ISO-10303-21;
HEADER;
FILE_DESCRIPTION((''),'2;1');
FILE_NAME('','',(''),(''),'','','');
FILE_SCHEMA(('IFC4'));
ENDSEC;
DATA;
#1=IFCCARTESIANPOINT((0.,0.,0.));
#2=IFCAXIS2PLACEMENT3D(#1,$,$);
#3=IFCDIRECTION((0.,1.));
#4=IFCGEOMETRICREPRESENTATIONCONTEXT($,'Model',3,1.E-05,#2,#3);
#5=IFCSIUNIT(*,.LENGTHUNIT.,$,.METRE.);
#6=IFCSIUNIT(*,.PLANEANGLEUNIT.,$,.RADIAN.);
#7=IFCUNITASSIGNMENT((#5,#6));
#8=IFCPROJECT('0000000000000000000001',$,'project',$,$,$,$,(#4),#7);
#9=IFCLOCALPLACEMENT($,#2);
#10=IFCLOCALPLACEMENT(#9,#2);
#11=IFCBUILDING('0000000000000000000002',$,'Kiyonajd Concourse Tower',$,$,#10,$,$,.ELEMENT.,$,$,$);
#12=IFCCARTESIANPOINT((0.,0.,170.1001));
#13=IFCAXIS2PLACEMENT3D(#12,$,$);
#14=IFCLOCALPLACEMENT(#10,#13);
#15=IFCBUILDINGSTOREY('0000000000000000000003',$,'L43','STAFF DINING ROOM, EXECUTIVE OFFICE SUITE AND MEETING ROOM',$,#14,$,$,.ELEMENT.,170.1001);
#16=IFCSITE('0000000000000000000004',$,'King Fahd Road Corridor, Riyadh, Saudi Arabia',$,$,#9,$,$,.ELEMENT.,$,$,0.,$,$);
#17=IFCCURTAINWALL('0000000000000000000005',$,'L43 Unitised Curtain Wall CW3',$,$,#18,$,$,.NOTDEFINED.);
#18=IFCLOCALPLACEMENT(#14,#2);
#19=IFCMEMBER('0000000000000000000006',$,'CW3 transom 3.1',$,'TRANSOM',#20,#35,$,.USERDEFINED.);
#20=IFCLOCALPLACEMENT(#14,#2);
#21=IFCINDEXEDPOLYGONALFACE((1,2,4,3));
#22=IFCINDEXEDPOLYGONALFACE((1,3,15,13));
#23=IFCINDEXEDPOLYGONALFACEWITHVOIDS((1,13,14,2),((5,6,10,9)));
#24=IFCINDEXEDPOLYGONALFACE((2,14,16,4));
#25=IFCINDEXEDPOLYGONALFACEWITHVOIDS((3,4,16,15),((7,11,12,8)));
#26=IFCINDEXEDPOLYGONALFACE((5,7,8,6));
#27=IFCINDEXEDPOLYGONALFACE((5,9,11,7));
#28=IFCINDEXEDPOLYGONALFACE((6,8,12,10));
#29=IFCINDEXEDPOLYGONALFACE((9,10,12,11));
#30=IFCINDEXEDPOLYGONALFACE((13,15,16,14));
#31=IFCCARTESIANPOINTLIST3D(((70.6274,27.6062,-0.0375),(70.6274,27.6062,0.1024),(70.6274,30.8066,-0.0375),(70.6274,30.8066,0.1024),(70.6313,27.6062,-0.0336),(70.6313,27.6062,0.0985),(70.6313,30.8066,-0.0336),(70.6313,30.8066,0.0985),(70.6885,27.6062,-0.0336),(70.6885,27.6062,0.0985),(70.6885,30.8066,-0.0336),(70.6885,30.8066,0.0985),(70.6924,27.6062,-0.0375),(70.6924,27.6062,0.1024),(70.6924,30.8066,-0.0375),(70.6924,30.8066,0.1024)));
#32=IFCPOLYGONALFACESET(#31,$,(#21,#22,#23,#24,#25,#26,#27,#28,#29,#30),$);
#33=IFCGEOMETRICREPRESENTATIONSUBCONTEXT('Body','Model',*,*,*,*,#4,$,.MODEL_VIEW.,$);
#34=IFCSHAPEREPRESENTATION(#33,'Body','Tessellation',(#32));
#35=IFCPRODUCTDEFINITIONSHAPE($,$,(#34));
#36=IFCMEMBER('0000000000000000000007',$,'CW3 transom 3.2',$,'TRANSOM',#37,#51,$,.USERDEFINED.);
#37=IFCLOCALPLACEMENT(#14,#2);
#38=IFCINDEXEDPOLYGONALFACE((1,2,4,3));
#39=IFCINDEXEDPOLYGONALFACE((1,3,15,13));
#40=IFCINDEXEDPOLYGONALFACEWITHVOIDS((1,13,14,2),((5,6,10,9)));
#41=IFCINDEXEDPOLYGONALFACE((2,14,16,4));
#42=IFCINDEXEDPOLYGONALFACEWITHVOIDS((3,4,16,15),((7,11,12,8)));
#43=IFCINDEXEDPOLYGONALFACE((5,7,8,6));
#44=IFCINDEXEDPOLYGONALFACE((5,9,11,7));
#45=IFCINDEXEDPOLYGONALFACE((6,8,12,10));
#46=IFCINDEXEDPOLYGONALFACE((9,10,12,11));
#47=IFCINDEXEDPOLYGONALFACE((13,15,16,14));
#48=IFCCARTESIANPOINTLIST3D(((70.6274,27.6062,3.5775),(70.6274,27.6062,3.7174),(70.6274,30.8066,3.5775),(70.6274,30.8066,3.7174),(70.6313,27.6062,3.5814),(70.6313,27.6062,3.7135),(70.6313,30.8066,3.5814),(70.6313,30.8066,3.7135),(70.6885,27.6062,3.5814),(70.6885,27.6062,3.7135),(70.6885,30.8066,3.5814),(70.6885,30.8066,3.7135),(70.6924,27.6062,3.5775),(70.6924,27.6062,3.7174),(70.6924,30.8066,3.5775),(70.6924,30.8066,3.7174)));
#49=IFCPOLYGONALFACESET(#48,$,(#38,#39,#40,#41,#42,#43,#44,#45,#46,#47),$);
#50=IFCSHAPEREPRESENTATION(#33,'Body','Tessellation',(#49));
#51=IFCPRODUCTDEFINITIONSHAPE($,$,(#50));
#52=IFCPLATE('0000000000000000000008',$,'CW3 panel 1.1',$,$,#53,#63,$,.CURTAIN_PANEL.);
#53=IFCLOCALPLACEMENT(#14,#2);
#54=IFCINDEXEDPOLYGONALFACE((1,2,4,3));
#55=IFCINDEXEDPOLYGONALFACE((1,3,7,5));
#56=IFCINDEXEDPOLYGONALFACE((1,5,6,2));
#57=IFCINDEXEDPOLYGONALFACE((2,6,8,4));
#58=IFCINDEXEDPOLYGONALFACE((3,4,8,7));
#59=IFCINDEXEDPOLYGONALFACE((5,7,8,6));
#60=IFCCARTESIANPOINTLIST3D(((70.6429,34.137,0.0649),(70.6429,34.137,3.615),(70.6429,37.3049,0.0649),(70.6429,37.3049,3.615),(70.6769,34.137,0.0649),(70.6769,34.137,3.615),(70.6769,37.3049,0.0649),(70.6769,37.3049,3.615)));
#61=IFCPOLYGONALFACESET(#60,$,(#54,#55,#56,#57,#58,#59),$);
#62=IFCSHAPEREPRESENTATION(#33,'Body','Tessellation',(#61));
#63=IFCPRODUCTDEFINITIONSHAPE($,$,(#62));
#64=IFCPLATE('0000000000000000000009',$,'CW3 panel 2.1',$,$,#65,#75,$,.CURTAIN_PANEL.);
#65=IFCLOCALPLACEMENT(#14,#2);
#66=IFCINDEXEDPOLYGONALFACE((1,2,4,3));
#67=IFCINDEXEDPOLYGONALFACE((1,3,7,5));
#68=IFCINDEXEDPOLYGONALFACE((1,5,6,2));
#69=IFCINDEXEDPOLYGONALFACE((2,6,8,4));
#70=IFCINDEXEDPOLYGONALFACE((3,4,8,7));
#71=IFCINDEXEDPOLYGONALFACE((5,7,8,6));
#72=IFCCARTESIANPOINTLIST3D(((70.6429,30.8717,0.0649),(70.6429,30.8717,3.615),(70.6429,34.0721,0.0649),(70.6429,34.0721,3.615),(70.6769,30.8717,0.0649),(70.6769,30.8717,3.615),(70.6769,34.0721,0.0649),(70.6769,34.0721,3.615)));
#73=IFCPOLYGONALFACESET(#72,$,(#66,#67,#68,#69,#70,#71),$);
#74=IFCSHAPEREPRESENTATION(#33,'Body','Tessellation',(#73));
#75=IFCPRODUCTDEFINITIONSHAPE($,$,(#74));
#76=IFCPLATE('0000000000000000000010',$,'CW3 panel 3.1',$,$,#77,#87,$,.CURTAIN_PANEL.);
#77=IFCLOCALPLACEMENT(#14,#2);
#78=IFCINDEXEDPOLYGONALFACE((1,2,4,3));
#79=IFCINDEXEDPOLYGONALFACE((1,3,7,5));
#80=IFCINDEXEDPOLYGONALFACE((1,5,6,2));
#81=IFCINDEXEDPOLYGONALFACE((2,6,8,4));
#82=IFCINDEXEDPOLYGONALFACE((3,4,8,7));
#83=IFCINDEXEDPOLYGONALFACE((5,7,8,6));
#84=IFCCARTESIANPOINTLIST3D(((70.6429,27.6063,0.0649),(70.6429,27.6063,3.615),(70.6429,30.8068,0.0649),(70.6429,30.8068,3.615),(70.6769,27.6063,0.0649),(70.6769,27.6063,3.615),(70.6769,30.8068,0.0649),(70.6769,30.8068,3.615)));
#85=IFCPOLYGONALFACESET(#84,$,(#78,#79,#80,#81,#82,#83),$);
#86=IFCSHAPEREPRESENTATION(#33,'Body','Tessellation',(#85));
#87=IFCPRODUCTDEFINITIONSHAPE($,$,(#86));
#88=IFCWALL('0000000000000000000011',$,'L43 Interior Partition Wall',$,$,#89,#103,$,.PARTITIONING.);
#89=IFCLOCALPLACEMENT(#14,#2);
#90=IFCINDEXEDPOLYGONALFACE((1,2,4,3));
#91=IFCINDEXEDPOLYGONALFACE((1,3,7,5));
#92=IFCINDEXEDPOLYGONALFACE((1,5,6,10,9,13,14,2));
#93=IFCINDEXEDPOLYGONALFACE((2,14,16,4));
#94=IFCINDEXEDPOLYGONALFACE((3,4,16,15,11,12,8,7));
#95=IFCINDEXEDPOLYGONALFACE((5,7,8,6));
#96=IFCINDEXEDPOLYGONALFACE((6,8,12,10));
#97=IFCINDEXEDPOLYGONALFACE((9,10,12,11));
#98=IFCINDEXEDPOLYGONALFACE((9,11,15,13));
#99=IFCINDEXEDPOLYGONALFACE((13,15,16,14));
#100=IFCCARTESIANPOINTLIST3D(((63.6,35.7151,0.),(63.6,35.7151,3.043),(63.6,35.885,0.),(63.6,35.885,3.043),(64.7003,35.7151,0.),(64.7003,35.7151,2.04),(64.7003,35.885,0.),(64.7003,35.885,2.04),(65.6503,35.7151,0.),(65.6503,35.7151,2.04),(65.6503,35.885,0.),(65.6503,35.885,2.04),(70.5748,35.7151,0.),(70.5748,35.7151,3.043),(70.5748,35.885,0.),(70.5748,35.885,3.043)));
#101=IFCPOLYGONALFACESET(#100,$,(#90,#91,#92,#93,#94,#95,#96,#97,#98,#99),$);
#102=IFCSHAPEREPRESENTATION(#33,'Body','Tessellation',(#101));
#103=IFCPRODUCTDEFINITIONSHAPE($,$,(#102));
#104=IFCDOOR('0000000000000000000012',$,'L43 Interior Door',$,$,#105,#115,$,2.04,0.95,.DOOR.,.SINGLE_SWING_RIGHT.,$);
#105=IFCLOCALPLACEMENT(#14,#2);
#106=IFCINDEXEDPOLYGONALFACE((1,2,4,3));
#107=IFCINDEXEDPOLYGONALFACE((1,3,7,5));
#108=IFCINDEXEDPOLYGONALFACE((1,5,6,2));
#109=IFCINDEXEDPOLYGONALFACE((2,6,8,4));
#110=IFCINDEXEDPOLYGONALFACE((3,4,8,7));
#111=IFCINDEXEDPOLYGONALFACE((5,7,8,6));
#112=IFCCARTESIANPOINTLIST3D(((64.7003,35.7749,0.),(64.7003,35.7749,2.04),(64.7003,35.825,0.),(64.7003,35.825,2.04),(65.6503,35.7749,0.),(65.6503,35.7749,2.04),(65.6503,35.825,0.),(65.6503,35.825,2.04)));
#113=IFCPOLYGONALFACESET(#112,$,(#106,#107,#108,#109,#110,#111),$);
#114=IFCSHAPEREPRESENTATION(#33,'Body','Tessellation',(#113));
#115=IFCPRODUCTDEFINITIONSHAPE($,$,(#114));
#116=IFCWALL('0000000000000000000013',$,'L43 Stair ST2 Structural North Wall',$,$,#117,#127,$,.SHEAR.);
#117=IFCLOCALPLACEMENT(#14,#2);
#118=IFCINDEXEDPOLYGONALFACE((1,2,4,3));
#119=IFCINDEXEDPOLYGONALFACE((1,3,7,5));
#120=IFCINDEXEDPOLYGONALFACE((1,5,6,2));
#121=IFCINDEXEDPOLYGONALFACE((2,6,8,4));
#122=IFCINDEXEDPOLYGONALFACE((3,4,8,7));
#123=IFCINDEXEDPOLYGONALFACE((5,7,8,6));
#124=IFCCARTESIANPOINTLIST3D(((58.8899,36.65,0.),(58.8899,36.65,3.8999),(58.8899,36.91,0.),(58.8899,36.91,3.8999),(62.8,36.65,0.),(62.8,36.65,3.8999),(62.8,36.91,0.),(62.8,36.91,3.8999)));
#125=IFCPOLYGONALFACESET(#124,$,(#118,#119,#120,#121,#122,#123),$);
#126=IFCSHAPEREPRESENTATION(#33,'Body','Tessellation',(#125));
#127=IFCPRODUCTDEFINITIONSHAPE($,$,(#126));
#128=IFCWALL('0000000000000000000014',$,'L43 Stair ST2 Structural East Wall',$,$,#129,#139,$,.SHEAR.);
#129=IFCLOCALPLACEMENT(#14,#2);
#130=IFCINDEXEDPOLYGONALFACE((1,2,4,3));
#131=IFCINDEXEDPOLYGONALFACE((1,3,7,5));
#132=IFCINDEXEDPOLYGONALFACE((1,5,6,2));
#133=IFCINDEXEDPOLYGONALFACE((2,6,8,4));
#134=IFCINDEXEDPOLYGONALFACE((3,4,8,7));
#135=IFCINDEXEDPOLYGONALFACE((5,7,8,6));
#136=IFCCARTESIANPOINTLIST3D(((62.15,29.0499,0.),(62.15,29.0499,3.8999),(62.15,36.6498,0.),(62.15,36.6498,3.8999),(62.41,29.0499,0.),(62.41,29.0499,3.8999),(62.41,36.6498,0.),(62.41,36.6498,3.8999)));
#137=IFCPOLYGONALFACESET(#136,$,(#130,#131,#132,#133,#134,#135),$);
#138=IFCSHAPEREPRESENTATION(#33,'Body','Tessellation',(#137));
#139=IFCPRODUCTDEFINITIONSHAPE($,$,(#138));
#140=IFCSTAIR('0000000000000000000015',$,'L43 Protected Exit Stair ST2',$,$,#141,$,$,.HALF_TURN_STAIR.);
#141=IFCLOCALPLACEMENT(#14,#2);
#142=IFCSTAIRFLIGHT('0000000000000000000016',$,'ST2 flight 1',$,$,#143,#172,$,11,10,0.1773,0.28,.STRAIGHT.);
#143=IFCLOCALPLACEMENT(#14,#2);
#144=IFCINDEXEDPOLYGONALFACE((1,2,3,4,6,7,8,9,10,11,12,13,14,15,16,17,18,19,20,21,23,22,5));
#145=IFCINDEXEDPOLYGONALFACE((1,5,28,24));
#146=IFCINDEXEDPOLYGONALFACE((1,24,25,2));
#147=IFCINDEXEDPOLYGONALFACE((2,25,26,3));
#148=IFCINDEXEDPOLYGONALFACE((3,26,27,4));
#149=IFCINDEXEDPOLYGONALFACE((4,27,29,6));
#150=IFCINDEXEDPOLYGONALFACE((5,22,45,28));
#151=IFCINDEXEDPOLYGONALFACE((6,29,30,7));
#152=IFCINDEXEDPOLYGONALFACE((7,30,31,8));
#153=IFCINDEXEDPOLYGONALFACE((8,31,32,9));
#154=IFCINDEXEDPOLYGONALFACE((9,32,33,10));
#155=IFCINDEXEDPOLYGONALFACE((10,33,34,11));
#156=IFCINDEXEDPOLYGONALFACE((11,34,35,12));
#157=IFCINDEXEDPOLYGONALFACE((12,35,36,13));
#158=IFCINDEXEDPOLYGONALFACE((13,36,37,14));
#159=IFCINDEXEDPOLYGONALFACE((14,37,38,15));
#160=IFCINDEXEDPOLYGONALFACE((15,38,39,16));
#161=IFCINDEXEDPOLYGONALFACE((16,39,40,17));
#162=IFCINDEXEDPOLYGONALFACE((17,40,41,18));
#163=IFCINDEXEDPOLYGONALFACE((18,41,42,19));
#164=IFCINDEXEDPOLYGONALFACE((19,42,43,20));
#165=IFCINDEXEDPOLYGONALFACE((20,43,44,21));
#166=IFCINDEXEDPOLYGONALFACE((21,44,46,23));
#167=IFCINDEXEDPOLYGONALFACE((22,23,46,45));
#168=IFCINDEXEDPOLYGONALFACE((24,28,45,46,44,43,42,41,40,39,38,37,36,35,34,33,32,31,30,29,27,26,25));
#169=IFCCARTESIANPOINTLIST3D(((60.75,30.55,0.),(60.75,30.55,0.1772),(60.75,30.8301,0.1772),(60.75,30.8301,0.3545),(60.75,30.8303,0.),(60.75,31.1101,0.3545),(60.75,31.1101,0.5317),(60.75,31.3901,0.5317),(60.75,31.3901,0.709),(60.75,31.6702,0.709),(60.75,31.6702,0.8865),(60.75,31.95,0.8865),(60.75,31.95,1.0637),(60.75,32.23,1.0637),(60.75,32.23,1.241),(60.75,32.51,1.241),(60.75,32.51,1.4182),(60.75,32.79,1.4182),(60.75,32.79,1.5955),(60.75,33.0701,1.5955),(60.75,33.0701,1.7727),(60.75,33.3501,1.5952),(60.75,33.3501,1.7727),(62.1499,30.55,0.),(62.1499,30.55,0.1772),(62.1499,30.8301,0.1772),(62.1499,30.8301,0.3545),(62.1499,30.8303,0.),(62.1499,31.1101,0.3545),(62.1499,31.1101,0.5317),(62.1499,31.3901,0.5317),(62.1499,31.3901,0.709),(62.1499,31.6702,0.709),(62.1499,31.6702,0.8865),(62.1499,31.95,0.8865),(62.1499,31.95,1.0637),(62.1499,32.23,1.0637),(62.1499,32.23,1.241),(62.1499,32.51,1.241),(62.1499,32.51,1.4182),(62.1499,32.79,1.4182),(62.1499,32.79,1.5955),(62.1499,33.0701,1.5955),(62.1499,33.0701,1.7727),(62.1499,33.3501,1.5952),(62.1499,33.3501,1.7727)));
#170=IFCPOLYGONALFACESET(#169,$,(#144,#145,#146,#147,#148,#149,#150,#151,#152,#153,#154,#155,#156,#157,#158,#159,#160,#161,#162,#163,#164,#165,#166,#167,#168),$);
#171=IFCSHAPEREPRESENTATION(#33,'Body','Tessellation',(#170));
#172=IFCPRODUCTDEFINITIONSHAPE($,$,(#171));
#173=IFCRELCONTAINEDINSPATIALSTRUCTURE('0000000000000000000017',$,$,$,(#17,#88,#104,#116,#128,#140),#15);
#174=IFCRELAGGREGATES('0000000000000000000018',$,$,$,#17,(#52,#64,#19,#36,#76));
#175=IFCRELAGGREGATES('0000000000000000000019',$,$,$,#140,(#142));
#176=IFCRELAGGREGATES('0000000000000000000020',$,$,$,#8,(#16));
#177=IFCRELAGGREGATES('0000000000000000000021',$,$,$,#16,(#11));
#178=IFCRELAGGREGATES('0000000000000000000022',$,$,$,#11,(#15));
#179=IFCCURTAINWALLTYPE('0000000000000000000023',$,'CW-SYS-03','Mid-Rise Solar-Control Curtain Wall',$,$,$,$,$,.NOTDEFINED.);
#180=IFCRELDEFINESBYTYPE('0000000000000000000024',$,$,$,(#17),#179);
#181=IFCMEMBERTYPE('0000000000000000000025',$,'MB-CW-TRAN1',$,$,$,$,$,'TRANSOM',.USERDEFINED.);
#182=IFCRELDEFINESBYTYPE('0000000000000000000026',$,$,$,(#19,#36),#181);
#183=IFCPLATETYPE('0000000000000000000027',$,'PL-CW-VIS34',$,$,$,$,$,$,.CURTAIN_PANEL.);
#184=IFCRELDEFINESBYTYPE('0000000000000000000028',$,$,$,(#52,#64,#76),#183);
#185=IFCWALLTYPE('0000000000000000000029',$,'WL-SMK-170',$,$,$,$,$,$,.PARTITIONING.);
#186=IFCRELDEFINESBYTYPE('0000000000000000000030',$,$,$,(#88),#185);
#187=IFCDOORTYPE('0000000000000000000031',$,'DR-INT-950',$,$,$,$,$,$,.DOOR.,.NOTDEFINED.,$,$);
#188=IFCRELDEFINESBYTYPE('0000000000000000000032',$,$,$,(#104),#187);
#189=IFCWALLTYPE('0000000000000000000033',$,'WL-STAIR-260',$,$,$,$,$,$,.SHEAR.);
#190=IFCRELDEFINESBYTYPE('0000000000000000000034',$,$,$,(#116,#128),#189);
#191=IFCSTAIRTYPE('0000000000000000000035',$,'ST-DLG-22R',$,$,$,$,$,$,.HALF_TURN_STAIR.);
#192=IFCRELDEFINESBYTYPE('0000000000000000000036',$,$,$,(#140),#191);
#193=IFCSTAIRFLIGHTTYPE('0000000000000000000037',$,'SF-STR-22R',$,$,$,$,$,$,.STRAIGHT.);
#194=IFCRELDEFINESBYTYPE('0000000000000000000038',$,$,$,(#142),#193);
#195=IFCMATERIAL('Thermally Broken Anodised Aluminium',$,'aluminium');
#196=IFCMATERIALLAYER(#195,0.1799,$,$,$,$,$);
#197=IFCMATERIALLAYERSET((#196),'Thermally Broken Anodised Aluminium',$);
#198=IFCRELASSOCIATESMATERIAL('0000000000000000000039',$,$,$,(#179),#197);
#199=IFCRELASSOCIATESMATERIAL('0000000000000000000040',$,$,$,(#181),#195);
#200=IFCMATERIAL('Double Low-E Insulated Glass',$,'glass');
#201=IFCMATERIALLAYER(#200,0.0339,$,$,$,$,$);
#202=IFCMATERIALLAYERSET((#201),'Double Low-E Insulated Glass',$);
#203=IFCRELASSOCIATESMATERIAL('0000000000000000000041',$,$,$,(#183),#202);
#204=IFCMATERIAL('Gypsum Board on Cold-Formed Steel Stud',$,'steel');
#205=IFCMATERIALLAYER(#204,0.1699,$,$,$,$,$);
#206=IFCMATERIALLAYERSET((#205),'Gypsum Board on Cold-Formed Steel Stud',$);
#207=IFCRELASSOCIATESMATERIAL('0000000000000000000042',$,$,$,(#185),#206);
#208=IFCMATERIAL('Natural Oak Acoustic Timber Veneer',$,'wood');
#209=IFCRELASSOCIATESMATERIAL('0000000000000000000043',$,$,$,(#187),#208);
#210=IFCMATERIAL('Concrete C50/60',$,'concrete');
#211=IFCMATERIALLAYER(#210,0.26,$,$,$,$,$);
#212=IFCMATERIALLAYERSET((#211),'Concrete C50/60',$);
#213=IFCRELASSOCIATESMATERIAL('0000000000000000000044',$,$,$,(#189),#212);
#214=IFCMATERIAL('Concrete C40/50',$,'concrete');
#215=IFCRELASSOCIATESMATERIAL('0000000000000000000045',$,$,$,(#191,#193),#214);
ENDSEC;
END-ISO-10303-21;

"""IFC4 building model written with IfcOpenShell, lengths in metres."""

from ifc_helpers import new_model, si_unit, direction, frame, frame_2d, origin, origin_2d, place, context, subcontext, project, spatial, polyline, rectangle, hollow_rectangle, outline, extrude, material, layer, layer_set, material_profile, profile_set, type_object, element, fill, aggregate, save


model = new_model("IFC4")

# Units and contexts
model_context = context("Model", 3, precision=1e-05, world=origin(), true_north=direction((0.0, 1.0)))
body_context = subcontext(model_context, "Body", "Model", "MODEL_VIEW")
ifc_project = project(units=[si_unit("LENGTHUNIT", "METRE"), si_unit("PLANEANGLEUNIT", "RADIAN")], contexts=[model_context])

# Site, building, storey
site_placement = place(None, origin())
site = spatial("IfcSite", under=ifc_project, at=site_placement, Name="King Fahd Road Corridor, Riyadh, Saudi Arabia", CompositionType="ELEMENT", RefElevation=0.0)
building_placement = place(site_placement, origin())
building = spatial("IfcBuilding", under=site, at=building_placement, Name="Kiyonajd Concourse Tower", CompositionType="ELEMENT")
storey_placement = place(building_placement, frame((0.0, 0.0, 170.1001)))
storey = spatial("IfcBuildingStorey", under=building, at=storey_placement, Name="L43", Description="STAFF DINING ROOM, EXECUTIVE OFFICE SUITE AND MEETING ROOM", CompositionType="ELEMENT", Elevation=170.1001)

# Shared definitions
ifc_material_1 = material(Name="Concrete C50/60", Category="concrete")

# Curtain wall, members, plates
ifc_material_2 = material(Name="Thermally Broken Anodised Aluminium", Category="aluminium")
ifc_layer_1 = layer(ifc_material_2, 0.1799)
ifc_layer_set_1 = layer_set([ifc_layer_1], Name="Thermally Broken Anodised Aluminium")
curtain_wall_type = type_object("IfcCurtainWallType", Name="CW-SYS-03", Description="Mid-Rise Solar-Control Curtain Wall", PredefinedType="NOTDEFINED", material=ifc_layer_set_1)
curtain_wall_placement = place(storey_placement, origin())
curtain_wall = element("IfcCurtainWall", 1, at=curtain_wall_placement, inside=storey, type_object=curtain_wall_type, Name="L43 Unitised Curtain Wall CW3", PredefinedType="NOTDEFINED")
ifc_material_profile_1 = material_profile(ifc_material_2, hollow_rectangle(XDim=0.0649, YDim=0.1399, WallThickness=0.0039, at=origin_2d()), Name="TRAN-65x140")
ifc_profile_set_1 = profile_set([ifc_material_profile_1], Name="Thermally Broken Anodised Aluminium")
member_type_1 = type_object("IfcMemberType", Name="MB-CW-TRAN1", ElementType="TRANSOM", PredefinedType="USERDEFINED", material=ifc_profile_set_1)
member_1_placement = place(storey_placement, frame((70.6599, 30.8066, 0.0325), z_axis=(0.0, -1.0, 0.0), x_axis=(1.0, 0.0, 0.0)))
member_1 = element("IfcMember", 2, at=member_1_placement, type_object=member_type_1, Name="CW3 transom 3.1", ObjectType="TRANSOM", PredefinedType="USERDEFINED", context=body_context, shape_type="SweptSolid", body=[
    extrude(hollow_rectangle(XDim=0.0649, YDim=0.1399, WallThickness=0.0039, at=origin_2d()), origin(), (0.0, 0.0, 1.0), 3.2004),
])
member_2_placement = place(storey_placement, frame((70.6599, 30.8066, 3.6475), z_axis=(0.0, -1.0, 0.0), x_axis=(1.0, 0.0, 0.0)))
member_2 = element("IfcMember", 3, at=member_2_placement, type_object=member_type_1, Name="CW3 transom 3.2", ObjectType="TRANSOM", PredefinedType="USERDEFINED", context=body_context, shape_type="SweptSolid", body=[
    extrude(hollow_rectangle(XDim=0.0649, YDim=0.1399, WallThickness=0.0039, at=origin_2d()), origin(), (0.0, 0.0, 1.0), 3.2004),
])
ifc_material_3 = material(Name="Double Low-E Insulated Glass", Category="glass")
ifc_layer_2 = layer(ifc_material_3, 0.0339)
ifc_layer_set_2 = layer_set([ifc_layer_2], Name="Double Low-E Insulated Glass")
plate_type = type_object("IfcPlateType", Name="PL-CW-VIS34", PredefinedType="CURTAIN_PANEL", material=ifc_layer_set_2)
plate_1_placement = place(storey_placement, frame((70.6599, 35.7209, 0.0649), z_axis=(0.0, 0.0, 1.0), x_axis=(0.0, -1.0, 0.0)))
plate_1 = element("IfcPlate", 4, at=plate_1_placement, type_object=plate_type, Name="CW3 panel 1.1", PredefinedType="CURTAIN_PANEL", context=body_context, shape_type="SweptSolid", body=[
    extrude(rectangle(XDim=3.168, YDim=0.0339, at=origin_2d()), origin(), (0.0, 0.0, 1.0), 3.55),
])
plate_2_placement = place(storey_placement, frame((70.6599, 32.4719, 0.0649), z_axis=(0.0, 0.0, 1.0), x_axis=(0.0, -1.0, 0.0)))
plate_2 = element("IfcPlate", 5, at=plate_2_placement, type_object=plate_type, Name="CW3 panel 2.1", PredefinedType="CURTAIN_PANEL", context=body_context, shape_type="SweptSolid", body=[
    extrude(rectangle(XDim=3.2004, YDim=0.0339, at=origin_2d()), origin(), (0.0, 0.0, 1.0), 3.55),
])
plate_3_placement = place(storey_placement, frame((70.6599, 29.2065, 0.0649), z_axis=(0.0, 0.0, 1.0), x_axis=(0.0, -1.0, 0.0)))
plate_3 = element("IfcPlate", 6, at=plate_3_placement, type_object=plate_type, Name="CW3 panel 3.1", PredefinedType="CURTAIN_PANEL", context=body_context, shape_type="SweptSolid", body=[
    extrude(rectangle(XDim=3.2004, YDim=0.0339, at=origin_2d()), origin(), (0.0, 0.0, 1.0), 3.55),
])
aggregate(curtain_wall, [plate_1, plate_2, member_1, member_2, plate_3])

# Wall, opening, door
ifc_material_4 = material(Name="Gypsum Board on Cold-Formed Steel Stud", Category="steel")
ifc_layer_3 = layer(ifc_material_4, 0.1699)
ifc_layer_set_3 = layer_set([ifc_layer_3], Name="Gypsum Board on Cold-Formed Steel Stud")
wall_type_1 = type_object("IfcWallType", Name="WL-SMK-170", PredefinedType="PARTITIONING", material=ifc_layer_set_3)
wall_1_placement = place(storey_placement, frame((63.6001, 35.8, 0.0), z_axis=(0.0, 0.0, 1.0), x_axis=(1.0, 0.0, 0.0)))
wall_1 = element("IfcWall", 7, at=wall_1_placement, inside=storey, type_object=wall_type_1, Name="L43 Interior Partition Wall", PredefinedType="PARTITIONING", context=body_context, shape_type="SweptSolid", body=[
    extrude(rectangle(XDim=6.9749, YDim=0.1699, at=frame_2d((3.4873, 0.0))), origin(), (0.0, 0.0, 1.0), 3.043),
])
opening_placement = place(wall_1_placement, frame((1.1001, 0.0, 0.0)))
opening = element("IfcOpeningElement", 8, at=opening_placement, cuts=wall_1, PredefinedType="OPENING", context=body_context, shape_type="SweptSolid", body=[
    extrude(rectangle(XDim=0.95, YDim=2.04, at=frame_2d((0.4751, 1.02))), frame((0.0, 0.095, 0.0), z_axis=(0.0, -1.0, 0.0), x_axis=(1.0, 0.0, 0.0)), (0.0, 0.0, 1.0), 0.1899),
])
ifc_material_5 = material(Name="Natural Oak Acoustic Timber Veneer", Category="wood")
door_type = type_object("IfcDoorType", Name="DR-INT-950", OperationType="NOTDEFINED", PredefinedType="DOOR", material=ifc_material_5)
door_placement = place(opening_placement, origin())
door = element("IfcDoor", 9, at=door_placement, inside=storey, type_object=door_type, Name="L43 Interior Door", OperationType="SINGLE_SWING_RIGHT", OverallHeight=2.04, OverallWidth=0.95, PredefinedType="DOOR", context=body_context, shape_type="SweptSolid", body=[
    extrude(rectangle(XDim=0.95, YDim=2.04, at=frame_2d((0.4751, 1.02))), frame((0.0, 0.0249, 0.0), z_axis=(0.0, -1.0, 0.0), x_axis=(1.0, 0.0, 0.0)), (0.0, 0.0, 1.0), 0.05),
])
fill(opening, door)

# Walls
ifc_layer_4 = layer(ifc_material_1, 0.26)
ifc_layer_set_4 = layer_set([ifc_layer_4], Name="Concrete C50/60")
wall_type_2 = type_object("IfcWallType", Name="WL-STAIR-260", PredefinedType="SHEAR", material=ifc_layer_set_4)
wall_2_placement = place(storey_placement, frame((58.8899, 36.78, 0.0), z_axis=(0.0, 0.0, 1.0), x_axis=(1.0, 0.0, 0.0)))
element("IfcWall", 10, at=wall_2_placement, inside=storey, type_object=wall_type_2, Name="L43 Stair ST2 Structural North Wall", PredefinedType="SHEAR", context=body_context, shape_type="SweptSolid", body=[
    extrude(rectangle(XDim=3.9102, YDim=0.26, at=frame_2d((1.9551, 0.0))), origin(), (0.0, 0.0, 1.0), 3.8999),
])
wall_3_placement = place(storey_placement, frame((62.28, 29.05, 0.0), z_axis=(0.0, 0.0, 1.0), x_axis=(0.0, 1.0, 0.0)))
element("IfcWall", 11, at=wall_3_placement, inside=storey, type_object=wall_type_2, Name="L43 Stair ST2 Structural East Wall", PredefinedType="SHEAR", context=body_context, shape_type="SweptSolid", body=[
    extrude(rectangle(XDim=7.5999, YDim=0.26, at=frame_2d((3.7998, 0.0))), origin(), (0.0, 0.0, 1.0), 3.8999),
])

# Stair, stair flight
ifc_material_6 = material(Name="Concrete C40/50", Category="concrete")
stair_type = type_object("IfcStairType", Name="ST-DLG-22R", PredefinedType="HALF_TURN_STAIR", material=ifc_material_6)
stair_placement = place(storey_placement, origin())
stair = element("IfcStair", 12, at=stair_placement, inside=storey, type_object=stair_type, Name="L43 Protected Exit Stair ST2", PredefinedType="HALF_TURN_STAIR")
stair_flight_type = type_object("IfcStairFlightType", Name="SF-STR-22R", PredefinedType="STRAIGHT", material=ifc_material_6)
stair_flight_1_placement = place(storey_placement, frame((61.45, 30.55, 0.0), z_axis=(0.0, 0.0, 1.0), x_axis=(0.0, 1.0, 0.0)))
stair_flight_1 = element("IfcStairFlight", 13, at=stair_flight_1_placement, type_object=stair_flight_type, Name="ST2 flight 1", NumberOfRisers=11, NumberOfTreads=10, PredefinedType="STRAIGHT", RiserHeight=0.1773, TreadLength=0.28, context=body_context, shape_type="SweptSolid", body=[
    extrude(outline(polyline([(0.0, 0.0), (0.0, 0.1772), (0.28, 0.1772), (0.28, 0.3545), (0.5601, 0.3545), (0.5601, 0.5317), (0.8401, 0.5317), (0.8401, 0.709), (1.1201, 0.709), (1.1201, 0.8865), (1.3999, 0.8865), (1.3999, 1.0637), (1.6799, 1.0637), (1.6799, 1.241), (1.96, 1.241), (1.96, 1.4182), (2.24, 1.4182), (2.24, 1.5955), (2.52, 1.5955), (2.52, 1.7727), (2.8, 1.7727), (2.8, 1.95), (2.8, 1.5952), (0.2803, 0.0), (0.0, 0.0)])), frame((0.0, 0.7, 0.0), z_axis=(0.0, -1.0, 0.0), x_axis=(1.0, 0.0, 0.0)), (0.0, 0.0, 1.0), 1.3999),
])
aggregate(stair, [stair_flight_1])

save(model, "model.ifc")
